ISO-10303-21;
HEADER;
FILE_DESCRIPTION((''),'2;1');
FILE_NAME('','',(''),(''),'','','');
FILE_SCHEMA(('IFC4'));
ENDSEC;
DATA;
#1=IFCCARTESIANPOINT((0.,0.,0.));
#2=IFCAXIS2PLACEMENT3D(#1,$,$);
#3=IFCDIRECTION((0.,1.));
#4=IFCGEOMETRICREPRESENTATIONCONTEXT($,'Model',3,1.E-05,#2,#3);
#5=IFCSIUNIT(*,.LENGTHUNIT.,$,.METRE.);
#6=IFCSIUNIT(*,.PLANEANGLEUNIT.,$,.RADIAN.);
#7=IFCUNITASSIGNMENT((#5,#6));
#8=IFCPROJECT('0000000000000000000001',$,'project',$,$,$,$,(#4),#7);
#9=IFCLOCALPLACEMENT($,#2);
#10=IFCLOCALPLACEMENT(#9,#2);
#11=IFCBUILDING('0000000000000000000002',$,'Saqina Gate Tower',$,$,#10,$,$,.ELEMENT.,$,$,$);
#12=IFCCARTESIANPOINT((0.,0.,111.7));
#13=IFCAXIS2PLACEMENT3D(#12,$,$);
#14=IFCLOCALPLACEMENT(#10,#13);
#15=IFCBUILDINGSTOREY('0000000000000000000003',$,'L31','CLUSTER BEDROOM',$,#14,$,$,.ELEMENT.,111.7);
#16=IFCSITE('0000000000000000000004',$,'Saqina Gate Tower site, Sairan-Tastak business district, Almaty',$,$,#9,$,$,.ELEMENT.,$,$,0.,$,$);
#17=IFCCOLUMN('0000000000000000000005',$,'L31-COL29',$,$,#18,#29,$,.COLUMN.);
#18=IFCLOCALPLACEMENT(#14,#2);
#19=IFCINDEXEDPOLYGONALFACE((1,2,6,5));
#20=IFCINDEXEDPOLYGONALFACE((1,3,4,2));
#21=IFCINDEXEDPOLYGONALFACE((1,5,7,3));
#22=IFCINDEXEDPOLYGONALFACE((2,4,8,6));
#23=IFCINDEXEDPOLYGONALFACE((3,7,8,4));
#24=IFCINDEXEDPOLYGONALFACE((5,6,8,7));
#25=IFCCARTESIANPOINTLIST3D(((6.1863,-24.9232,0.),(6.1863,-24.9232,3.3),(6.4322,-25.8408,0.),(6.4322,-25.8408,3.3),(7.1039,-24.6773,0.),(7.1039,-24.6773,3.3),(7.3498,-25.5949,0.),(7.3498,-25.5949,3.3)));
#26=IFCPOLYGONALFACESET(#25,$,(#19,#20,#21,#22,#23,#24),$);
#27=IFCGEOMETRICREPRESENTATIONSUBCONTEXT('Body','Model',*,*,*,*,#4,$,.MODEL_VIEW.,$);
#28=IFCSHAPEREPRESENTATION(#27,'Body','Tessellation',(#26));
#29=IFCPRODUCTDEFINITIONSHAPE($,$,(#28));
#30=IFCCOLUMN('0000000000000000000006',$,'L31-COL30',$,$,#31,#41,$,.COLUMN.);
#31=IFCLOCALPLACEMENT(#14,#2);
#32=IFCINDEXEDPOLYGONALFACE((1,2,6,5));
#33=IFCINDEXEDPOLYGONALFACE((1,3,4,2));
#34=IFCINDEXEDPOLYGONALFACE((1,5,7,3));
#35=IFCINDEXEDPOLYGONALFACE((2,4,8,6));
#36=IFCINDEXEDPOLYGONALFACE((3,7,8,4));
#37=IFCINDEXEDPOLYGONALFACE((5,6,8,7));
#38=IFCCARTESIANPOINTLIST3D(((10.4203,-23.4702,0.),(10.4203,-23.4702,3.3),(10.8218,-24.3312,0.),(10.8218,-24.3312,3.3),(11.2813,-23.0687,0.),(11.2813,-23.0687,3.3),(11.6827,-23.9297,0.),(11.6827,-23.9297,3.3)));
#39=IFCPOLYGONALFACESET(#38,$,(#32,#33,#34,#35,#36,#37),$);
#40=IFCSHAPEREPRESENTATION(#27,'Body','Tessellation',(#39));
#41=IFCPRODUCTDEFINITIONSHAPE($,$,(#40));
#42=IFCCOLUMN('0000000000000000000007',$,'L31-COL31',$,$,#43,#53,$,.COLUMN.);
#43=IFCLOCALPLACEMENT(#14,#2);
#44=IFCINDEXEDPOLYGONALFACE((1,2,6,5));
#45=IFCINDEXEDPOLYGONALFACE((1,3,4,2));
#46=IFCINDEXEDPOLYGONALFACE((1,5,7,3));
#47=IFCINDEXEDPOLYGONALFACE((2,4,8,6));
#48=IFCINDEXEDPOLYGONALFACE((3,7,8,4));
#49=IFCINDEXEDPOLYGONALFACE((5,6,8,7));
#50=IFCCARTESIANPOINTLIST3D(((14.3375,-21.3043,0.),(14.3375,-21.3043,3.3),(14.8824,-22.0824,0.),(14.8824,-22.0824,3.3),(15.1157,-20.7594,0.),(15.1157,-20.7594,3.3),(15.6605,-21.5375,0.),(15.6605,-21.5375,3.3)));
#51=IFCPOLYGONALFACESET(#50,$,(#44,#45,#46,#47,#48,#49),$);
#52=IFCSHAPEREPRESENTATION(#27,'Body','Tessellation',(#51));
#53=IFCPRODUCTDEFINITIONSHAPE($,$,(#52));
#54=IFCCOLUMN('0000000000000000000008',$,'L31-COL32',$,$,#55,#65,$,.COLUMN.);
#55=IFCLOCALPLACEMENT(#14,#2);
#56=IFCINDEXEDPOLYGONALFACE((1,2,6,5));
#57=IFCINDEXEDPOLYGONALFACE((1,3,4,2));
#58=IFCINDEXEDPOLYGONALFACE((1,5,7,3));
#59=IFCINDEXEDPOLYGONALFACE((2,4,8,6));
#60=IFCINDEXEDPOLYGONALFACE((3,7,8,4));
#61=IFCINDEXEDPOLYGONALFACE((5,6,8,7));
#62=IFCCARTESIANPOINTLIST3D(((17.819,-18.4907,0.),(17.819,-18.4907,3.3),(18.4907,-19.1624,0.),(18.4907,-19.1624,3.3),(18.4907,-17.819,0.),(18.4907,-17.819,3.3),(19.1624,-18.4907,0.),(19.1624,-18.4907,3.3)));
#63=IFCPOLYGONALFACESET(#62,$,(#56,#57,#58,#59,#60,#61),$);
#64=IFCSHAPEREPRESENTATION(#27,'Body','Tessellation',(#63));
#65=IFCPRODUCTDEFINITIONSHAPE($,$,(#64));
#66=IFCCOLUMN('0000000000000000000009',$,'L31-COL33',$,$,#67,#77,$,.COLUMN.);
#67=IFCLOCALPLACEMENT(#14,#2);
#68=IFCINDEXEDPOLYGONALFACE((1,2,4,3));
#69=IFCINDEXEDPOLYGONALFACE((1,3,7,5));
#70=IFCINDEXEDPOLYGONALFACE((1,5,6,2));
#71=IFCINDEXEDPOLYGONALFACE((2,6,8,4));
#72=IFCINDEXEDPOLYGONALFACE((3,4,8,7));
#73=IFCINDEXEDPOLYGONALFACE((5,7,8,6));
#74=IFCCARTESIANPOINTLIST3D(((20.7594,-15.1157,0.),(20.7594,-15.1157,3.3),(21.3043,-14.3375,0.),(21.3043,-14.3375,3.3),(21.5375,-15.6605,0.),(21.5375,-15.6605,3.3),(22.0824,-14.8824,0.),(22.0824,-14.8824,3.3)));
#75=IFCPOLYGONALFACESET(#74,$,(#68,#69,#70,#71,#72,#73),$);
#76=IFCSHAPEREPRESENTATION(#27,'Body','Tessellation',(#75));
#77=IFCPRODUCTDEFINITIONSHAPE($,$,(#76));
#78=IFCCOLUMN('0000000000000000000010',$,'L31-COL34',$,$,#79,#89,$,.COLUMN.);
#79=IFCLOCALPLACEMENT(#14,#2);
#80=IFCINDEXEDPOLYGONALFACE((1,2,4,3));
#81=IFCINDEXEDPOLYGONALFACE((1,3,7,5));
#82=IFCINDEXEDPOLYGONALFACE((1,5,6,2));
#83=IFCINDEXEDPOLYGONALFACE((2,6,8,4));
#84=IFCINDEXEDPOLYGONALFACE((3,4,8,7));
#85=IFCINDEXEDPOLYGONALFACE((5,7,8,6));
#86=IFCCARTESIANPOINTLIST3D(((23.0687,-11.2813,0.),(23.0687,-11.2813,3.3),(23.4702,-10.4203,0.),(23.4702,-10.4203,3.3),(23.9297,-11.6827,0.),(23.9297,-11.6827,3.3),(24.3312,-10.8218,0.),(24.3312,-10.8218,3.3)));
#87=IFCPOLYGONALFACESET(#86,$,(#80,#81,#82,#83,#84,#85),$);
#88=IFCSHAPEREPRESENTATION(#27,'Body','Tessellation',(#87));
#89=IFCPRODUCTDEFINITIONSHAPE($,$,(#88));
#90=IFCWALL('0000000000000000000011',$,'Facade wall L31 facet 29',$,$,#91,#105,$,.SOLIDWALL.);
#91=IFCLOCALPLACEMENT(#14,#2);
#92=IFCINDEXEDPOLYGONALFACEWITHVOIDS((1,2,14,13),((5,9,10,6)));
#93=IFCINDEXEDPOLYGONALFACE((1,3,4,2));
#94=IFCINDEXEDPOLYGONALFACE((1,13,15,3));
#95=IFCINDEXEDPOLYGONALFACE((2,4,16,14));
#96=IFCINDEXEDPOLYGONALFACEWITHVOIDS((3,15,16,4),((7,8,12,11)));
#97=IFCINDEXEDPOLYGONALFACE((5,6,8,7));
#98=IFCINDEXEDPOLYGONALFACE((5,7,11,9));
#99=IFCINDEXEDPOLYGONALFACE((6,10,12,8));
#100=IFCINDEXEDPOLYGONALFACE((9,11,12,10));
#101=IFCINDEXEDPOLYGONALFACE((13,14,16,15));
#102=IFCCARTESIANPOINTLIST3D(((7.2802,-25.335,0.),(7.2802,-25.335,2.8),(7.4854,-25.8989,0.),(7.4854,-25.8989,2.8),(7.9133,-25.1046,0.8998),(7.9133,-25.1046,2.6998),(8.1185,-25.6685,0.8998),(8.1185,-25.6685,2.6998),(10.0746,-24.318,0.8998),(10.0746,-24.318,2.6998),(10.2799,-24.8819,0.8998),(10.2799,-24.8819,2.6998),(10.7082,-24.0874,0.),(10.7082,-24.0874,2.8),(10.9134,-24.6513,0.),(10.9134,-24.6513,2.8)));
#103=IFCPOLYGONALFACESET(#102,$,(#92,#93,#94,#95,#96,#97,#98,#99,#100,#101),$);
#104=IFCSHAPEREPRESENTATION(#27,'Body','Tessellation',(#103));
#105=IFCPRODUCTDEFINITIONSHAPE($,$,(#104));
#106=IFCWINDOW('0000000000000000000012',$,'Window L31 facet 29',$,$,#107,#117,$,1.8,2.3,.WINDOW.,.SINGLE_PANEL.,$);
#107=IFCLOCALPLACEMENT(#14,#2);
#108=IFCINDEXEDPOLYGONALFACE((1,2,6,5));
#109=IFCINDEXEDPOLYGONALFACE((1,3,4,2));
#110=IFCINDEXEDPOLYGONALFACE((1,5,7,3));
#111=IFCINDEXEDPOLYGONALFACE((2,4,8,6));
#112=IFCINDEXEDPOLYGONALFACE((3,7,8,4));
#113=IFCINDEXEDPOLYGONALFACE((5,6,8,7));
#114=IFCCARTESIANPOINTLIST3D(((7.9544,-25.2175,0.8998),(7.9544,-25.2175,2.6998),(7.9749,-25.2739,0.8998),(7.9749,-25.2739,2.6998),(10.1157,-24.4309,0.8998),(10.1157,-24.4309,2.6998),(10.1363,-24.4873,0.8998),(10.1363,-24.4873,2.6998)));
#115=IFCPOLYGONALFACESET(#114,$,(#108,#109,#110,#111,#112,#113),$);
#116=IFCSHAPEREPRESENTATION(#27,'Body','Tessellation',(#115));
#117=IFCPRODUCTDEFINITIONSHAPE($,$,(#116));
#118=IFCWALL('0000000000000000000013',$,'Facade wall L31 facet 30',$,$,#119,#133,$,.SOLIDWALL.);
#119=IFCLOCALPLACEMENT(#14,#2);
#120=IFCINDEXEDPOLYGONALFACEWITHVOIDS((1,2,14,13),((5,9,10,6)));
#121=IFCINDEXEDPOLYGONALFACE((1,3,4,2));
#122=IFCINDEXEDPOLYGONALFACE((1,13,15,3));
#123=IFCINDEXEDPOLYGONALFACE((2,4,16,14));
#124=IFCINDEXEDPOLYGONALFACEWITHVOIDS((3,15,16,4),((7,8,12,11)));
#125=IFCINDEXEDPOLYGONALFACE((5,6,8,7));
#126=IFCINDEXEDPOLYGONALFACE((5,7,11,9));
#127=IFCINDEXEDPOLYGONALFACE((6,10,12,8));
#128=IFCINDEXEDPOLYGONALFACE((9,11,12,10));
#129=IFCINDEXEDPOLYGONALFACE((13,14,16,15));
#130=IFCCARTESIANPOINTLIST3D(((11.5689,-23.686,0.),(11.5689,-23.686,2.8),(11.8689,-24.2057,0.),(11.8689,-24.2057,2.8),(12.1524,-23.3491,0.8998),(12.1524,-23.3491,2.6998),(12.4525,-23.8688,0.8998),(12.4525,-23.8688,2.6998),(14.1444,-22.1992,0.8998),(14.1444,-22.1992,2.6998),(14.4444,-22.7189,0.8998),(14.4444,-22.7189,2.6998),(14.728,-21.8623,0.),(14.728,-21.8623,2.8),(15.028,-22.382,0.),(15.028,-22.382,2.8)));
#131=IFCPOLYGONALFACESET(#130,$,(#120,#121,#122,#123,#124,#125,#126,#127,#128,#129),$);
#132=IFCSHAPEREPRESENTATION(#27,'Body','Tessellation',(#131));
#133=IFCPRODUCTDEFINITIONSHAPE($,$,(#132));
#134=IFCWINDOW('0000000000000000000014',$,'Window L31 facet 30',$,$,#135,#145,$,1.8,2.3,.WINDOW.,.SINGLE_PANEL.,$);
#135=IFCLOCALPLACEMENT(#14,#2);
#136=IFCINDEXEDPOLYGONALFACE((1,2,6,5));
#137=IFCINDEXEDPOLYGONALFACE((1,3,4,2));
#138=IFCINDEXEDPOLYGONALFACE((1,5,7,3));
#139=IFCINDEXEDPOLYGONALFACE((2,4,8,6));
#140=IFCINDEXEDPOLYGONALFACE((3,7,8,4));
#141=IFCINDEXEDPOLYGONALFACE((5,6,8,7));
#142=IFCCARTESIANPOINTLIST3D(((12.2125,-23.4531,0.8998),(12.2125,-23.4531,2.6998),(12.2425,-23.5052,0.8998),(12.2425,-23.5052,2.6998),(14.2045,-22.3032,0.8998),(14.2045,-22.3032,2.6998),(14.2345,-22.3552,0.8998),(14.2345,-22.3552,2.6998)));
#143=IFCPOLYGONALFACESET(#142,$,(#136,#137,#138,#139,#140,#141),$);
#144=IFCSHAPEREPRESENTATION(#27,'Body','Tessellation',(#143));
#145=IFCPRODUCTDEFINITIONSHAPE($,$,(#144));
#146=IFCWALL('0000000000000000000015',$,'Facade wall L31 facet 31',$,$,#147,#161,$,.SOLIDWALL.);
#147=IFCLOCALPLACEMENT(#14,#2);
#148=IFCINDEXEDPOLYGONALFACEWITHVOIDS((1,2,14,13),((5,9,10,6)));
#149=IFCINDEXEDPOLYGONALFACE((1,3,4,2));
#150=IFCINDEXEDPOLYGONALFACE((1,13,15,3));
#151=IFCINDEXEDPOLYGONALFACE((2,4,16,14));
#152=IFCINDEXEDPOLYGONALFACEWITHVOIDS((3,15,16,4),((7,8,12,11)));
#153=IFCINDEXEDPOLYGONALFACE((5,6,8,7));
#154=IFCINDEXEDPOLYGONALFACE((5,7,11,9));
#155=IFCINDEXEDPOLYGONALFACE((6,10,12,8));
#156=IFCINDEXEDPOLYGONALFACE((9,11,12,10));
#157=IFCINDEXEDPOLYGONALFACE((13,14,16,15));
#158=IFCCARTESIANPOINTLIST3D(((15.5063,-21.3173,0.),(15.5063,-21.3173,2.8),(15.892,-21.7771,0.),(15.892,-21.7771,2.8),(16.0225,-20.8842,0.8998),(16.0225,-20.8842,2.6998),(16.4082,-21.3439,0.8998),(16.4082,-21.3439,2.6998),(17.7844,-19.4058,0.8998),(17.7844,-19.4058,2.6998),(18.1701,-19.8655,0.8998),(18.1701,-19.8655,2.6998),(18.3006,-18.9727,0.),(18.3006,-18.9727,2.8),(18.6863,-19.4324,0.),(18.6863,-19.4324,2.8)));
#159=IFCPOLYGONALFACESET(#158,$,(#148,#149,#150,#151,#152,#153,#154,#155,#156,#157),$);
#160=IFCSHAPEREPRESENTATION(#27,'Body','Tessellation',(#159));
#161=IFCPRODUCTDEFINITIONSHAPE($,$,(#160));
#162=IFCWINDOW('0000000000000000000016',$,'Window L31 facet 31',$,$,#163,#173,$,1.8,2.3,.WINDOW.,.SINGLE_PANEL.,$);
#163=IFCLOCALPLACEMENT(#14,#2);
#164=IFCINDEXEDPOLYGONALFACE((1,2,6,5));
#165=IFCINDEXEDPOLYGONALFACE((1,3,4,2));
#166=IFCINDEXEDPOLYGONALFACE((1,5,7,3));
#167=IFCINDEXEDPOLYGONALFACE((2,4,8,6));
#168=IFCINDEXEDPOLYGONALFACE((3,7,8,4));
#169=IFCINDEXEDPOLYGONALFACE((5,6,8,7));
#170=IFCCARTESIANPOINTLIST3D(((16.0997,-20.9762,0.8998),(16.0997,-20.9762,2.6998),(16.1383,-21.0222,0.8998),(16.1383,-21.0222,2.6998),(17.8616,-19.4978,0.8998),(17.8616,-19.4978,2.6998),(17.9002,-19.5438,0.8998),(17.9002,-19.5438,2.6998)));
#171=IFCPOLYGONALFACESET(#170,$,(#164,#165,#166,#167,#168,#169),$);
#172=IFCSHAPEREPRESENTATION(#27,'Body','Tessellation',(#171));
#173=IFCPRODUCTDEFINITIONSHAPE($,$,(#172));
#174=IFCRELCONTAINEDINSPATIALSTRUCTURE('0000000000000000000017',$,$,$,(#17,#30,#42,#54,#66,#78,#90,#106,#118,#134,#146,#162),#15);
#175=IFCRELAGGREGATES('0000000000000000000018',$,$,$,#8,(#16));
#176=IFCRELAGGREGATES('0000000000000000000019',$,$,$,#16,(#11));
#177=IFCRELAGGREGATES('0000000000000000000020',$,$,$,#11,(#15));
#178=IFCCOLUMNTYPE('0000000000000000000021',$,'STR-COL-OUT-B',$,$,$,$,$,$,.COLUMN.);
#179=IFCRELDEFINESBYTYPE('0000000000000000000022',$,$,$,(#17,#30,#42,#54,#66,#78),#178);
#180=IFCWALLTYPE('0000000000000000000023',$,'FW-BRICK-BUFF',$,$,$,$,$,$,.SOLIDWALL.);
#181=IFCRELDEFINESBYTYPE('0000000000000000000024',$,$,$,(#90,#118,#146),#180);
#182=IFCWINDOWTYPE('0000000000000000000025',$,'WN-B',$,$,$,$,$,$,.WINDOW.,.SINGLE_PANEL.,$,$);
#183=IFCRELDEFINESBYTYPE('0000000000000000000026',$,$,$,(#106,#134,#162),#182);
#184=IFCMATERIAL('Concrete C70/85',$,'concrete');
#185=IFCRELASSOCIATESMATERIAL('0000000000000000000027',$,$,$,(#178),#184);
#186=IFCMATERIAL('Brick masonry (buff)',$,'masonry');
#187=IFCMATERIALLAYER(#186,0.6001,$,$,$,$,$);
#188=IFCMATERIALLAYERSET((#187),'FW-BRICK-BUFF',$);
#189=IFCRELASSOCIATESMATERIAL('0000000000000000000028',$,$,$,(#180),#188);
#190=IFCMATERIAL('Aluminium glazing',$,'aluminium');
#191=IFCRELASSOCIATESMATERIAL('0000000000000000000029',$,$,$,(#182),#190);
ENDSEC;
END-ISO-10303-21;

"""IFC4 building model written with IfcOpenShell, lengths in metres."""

from ifc_helpers import new_model, si_unit, direction, frame, frame_2d, origin, origin_2d, place, context, subcontext, project, spatial, rectangle, extrude, material, layer, layer_set, material_profile, profile_set, type_object, element, fill, save


model = new_model("IFC4")

# Units and contexts
model_context = context("Model", 3, precision=1e-05, world=origin(), true_north=direction((0.0, 1.0)))
body_context = subcontext(model_context, "Body", "Model", "MODEL_VIEW")
ifc_project = project(units=[si_unit("LENGTHUNIT", "METRE"), si_unit("PLANEANGLEUNIT", "RADIAN")], contexts=[model_context])

# Site, building, storey
site_placement = place(None, origin())
site = spatial("IfcSite", under=ifc_project, at=site_placement, Name="Saqina Gate Tower site, Sairan-Tastak business district, Almaty", CompositionType="ELEMENT", RefElevation=0.0)
building_placement = place(site_placement, origin())
building = spatial("IfcBuilding", under=site, at=building_placement, Name="Saqina Gate Tower", CompositionType="ELEMENT")
storey_placement = place(building_placement, frame((0.0, 0.0, 111.7)))
storey = spatial("IfcBuildingStorey", under=building, at=storey_placement, Name="L31", Description="CLUSTER BEDROOM", CompositionType="ELEMENT", Elevation=111.7)

# Columns
ifc_material_1 = material(Name="Concrete C70/85", Category="concrete")
ifc_material_profile = material_profile(ifc_material_1, rectangle(XDim=0.95, YDim=0.95, at=origin_2d()), Name="RC 950x950")
ifc_profile_set = profile_set([ifc_material_profile], Name="Concrete C70/85")
column_type = type_object("IfcColumnType", Name="STR-COL-OUT-B", PredefinedType="COLUMN", material=ifc_profile_set)
for number, where, z_axis, x_axis, name in (
    (1, (6.7681, -25.259, 0.0), (0.0, 0.0, 1.0), (0.258819, -0.965926, 0.0), "L31-COL29"),
    (2, (11.0515, -23.7, 0.0), (0.0, 0.0, 1.0), (0.422618, -0.906308, 0.0), "L31-COL30"),
    (3, (14.999, -21.4209, 0.0), (0.0, 0.0, 1.0), (0.573576, -0.819152, 0.0), "L31-COL31"),
    (4, (18.4907, -18.4907, 0.0), (0.0, 0.0, 1.0), (0.707107, -0.707107, 0.0), "L31-COL32"),
    (5, (21.4209, -14.999, 0.0), (0.0, 0.0, 1.0), (0.819152, -0.573576, 0.0), "L31-COL33"),
    (6, (23.7, -11.0515, 0.0), (0.0, 0.0, 1.0), (0.906308, -0.422618, 0.0), "L31-COL34"),
):
    element("IfcColumn", number, at=place(storey_placement, frame(where, z_axis=z_axis, x_axis=x_axis)), inside=storey, type_object=column_type, Name=name, PredefinedType="COLUMN", context=body_context, shape_type="SweptSolid", body=[
        extrude(rectangle(XDim=0.95, YDim=0.95, at=origin_2d()), origin(), (0.0, 0.0, 1.0), 3.3),
    ])

# Walls, openings, windows
ifc_material_2 = material(Name="Brick masonry (buff)", Category="masonry")
ifc_layer_1 = layer(ifc_material_2, 0.6001)
ifc_layer_set_1 = layer_set([ifc_layer_1], Name="FW-BRICK-BUFF")
wall_type_1 = type_object("IfcWallType", Name="FW-BRICK-BUFF", PredefinedType="SOLIDWALL", material=ifc_layer_set_1)
wall_1_placement = place(storey_placement, frame((7.3828, -25.6169, 0.0), z_axis=(0.0, 0.0, 1.0), x_axis=(0.939704, 0.34199, 0.0)))
wall_1 = element("IfcWall", 7, at=wall_1_placement, inside=storey, type_object=wall_type_1, Name="Facade wall L31 facet 29", PredefinedType="SOLIDWALL", context=body_context, shape_type="SweptSolid", body=[
    extrude(rectangle(XDim=3.6479, YDim=0.6001, at=frame_2d((1.824, 0.0))), origin(), (0.0, 0.0, 1.0), 2.8),
])
opening_1_placement = place(wall_1_placement, frame((0.6738, 0.0, 0.8999)))
opening_1 = element("IfcOpeningElement", 8, at=opening_1_placement, cuts=wall_1, PredefinedType="OPENING", context=body_context, shape_type="SweptSolid", body=[
    extrude(rectangle(XDim=2.3, YDim=1.8, at=frame_2d((1.1499, 0.8999))), frame((0.0, 0.312, 0.0), z_axis=(0.0, -1.0, 0.0), x_axis=(1.0, 0.0, 0.0)), (0.0, 0.0, 1.0), 0.624),
])
ifc_material_3 = material(Name="Aluminium glazing", Category="aluminium")
window_type = type_object("IfcWindowType", Name="WN-B", PartitioningType="SINGLE_PANEL", PredefinedType="WINDOW", material=ifc_material_3)
window_1_placement = place(opening_1_placement, origin())
window_1 = element("IfcWindow", 9, at=window_1_placement, inside=storey, type_object=window_type, Name="Window L31 facet 29", OverallHeight=1.8, OverallWidth=2.3, PartitioningType="SINGLE_PANEL", PredefinedType="WINDOW", context=body_context, shape_type="SweptSolid", body=[
    extrude(rectangle(XDim=2.3, YDim=1.8, at=frame_2d((1.1499, 0.8999))), frame((0.0, 0.1799, 0.0), z_axis=(0.0, -1.0, 0.0), x_axis=(1.0, 0.0, 0.0)), (0.0, 0.0, 1.0), 0.0601),
])
fill(opening_1, window_1)
wall_2_placement = place(storey_placement, frame((11.719, -23.9458, 0.0), z_axis=(0.0, 0.0, 1.0), x_axis=(0.866052, 0.499954, 0.0)))
wall_2 = element("IfcWall", 10, at=wall_2_placement, inside=storey, type_object=wall_type_1, Name="Facade wall L31 facet 30", PredefinedType="SOLIDWALL", context=body_context, shape_type="SweptSolid", body=[
    extrude(rectangle(XDim=3.6477, YDim=0.6001, at=frame_2d((1.8237, 0.0))), origin(), (0.0, 0.0, 1.0), 2.8),
])
opening_2_placement = place(wall_2_placement, frame((0.6738, 0.0, 0.8999)))
opening_2 = element("IfcOpeningElement", 11, at=opening_2_placement, cuts=wall_2, PredefinedType="OPENING", context=body_context, shape_type="SweptSolid", body=[
    extrude(rectangle(XDim=2.3, YDim=1.8, at=frame_2d((1.1499, 0.8999))), frame((0.0, 0.312, 0.0), z_axis=(0.0, -1.0, 0.0), x_axis=(1.0, 0.0, 0.0)), (0.0, 0.0, 1.0), 0.624),
])
window_2_placement = place(opening_2_placement, origin())
window_2 = element("IfcWindow", 12, at=window_2_placement, inside=storey, type_object=window_type, Name="Window L31 facet 30", OverallHeight=1.8, OverallWidth=2.3, PartitioningType="SINGLE_PANEL", PredefinedType="WINDOW", context=body_context, shape_type="SweptSolid", body=[
    extrude(rectangle(XDim=2.3, YDim=1.8, at=frame_2d((1.1499, 0.8999))), frame((0.0, 0.1799, 0.0), z_axis=(0.0, -1.0, 0.0), x_axis=(1.0, 0.0, 0.0)), (0.0, 0.0, 1.0), 0.0601),
])
fill(opening_2, window_2)
wall_3_placement = place(storey_placement, frame((15.6992, -21.5471, 0.0), z_axis=(0.0, 0.0, 1.0), x_axis=(0.766055, 0.642774, 0.0)))
wall_3 = element("IfcWall", 13, at=wall_3_placement, inside=storey, type_object=wall_type_1, Name="Facade wall L31 facet 31", PredefinedType="SOLIDWALL", context=body_context, shape_type="SweptSolid", body=[
    extrude(rectangle(XDim=3.6477, YDim=0.6001, at=frame_2d((1.8237, 0.0))), origin(), (0.0, 0.0, 1.0), 2.8),
])
opening_3_placement = place(wall_3_placement, frame((0.6738, 0.0, 0.8999)))
opening_3 = element("IfcOpeningElement", 14, at=opening_3_placement, cuts=wall_3, PredefinedType="OPENING", context=body_context, shape_type="SweptSolid", body=[
    extrude(rectangle(XDim=2.3, YDim=1.8, at=frame_2d((1.1499, 0.8999))), frame((0.0, 0.312, 0.0), z_axis=(0.0, -1.0, 0.0), x_axis=(1.0, 0.0, 0.0)), (0.0, 0.0, 1.0), 0.624),
])
window_3_placement = place(opening_3_placement, origin())
window_3 = element("IfcWindow", 15, at=window_3_placement, inside=storey, type_object=window_type, Name="Window L31 facet 31", OverallHeight=1.8, OverallWidth=2.3, PartitioningType="SINGLE_PANEL", PredefinedType="WINDOW", context=body_context, shape_type="SweptSolid", body=[
    extrude(rectangle(XDim=2.3, YDim=1.8, at=frame_2d((1.1499, 0.8999))), frame((0.0, 0.1799, 0.0), z_axis=(0.0, -1.0, 0.0), x_axis=(1.0, 0.0, 0.0)), (0.0, 0.0, 1.0), 0.0601),
])
fill(opening_3, window_3)

save(model, "model.ifc")
